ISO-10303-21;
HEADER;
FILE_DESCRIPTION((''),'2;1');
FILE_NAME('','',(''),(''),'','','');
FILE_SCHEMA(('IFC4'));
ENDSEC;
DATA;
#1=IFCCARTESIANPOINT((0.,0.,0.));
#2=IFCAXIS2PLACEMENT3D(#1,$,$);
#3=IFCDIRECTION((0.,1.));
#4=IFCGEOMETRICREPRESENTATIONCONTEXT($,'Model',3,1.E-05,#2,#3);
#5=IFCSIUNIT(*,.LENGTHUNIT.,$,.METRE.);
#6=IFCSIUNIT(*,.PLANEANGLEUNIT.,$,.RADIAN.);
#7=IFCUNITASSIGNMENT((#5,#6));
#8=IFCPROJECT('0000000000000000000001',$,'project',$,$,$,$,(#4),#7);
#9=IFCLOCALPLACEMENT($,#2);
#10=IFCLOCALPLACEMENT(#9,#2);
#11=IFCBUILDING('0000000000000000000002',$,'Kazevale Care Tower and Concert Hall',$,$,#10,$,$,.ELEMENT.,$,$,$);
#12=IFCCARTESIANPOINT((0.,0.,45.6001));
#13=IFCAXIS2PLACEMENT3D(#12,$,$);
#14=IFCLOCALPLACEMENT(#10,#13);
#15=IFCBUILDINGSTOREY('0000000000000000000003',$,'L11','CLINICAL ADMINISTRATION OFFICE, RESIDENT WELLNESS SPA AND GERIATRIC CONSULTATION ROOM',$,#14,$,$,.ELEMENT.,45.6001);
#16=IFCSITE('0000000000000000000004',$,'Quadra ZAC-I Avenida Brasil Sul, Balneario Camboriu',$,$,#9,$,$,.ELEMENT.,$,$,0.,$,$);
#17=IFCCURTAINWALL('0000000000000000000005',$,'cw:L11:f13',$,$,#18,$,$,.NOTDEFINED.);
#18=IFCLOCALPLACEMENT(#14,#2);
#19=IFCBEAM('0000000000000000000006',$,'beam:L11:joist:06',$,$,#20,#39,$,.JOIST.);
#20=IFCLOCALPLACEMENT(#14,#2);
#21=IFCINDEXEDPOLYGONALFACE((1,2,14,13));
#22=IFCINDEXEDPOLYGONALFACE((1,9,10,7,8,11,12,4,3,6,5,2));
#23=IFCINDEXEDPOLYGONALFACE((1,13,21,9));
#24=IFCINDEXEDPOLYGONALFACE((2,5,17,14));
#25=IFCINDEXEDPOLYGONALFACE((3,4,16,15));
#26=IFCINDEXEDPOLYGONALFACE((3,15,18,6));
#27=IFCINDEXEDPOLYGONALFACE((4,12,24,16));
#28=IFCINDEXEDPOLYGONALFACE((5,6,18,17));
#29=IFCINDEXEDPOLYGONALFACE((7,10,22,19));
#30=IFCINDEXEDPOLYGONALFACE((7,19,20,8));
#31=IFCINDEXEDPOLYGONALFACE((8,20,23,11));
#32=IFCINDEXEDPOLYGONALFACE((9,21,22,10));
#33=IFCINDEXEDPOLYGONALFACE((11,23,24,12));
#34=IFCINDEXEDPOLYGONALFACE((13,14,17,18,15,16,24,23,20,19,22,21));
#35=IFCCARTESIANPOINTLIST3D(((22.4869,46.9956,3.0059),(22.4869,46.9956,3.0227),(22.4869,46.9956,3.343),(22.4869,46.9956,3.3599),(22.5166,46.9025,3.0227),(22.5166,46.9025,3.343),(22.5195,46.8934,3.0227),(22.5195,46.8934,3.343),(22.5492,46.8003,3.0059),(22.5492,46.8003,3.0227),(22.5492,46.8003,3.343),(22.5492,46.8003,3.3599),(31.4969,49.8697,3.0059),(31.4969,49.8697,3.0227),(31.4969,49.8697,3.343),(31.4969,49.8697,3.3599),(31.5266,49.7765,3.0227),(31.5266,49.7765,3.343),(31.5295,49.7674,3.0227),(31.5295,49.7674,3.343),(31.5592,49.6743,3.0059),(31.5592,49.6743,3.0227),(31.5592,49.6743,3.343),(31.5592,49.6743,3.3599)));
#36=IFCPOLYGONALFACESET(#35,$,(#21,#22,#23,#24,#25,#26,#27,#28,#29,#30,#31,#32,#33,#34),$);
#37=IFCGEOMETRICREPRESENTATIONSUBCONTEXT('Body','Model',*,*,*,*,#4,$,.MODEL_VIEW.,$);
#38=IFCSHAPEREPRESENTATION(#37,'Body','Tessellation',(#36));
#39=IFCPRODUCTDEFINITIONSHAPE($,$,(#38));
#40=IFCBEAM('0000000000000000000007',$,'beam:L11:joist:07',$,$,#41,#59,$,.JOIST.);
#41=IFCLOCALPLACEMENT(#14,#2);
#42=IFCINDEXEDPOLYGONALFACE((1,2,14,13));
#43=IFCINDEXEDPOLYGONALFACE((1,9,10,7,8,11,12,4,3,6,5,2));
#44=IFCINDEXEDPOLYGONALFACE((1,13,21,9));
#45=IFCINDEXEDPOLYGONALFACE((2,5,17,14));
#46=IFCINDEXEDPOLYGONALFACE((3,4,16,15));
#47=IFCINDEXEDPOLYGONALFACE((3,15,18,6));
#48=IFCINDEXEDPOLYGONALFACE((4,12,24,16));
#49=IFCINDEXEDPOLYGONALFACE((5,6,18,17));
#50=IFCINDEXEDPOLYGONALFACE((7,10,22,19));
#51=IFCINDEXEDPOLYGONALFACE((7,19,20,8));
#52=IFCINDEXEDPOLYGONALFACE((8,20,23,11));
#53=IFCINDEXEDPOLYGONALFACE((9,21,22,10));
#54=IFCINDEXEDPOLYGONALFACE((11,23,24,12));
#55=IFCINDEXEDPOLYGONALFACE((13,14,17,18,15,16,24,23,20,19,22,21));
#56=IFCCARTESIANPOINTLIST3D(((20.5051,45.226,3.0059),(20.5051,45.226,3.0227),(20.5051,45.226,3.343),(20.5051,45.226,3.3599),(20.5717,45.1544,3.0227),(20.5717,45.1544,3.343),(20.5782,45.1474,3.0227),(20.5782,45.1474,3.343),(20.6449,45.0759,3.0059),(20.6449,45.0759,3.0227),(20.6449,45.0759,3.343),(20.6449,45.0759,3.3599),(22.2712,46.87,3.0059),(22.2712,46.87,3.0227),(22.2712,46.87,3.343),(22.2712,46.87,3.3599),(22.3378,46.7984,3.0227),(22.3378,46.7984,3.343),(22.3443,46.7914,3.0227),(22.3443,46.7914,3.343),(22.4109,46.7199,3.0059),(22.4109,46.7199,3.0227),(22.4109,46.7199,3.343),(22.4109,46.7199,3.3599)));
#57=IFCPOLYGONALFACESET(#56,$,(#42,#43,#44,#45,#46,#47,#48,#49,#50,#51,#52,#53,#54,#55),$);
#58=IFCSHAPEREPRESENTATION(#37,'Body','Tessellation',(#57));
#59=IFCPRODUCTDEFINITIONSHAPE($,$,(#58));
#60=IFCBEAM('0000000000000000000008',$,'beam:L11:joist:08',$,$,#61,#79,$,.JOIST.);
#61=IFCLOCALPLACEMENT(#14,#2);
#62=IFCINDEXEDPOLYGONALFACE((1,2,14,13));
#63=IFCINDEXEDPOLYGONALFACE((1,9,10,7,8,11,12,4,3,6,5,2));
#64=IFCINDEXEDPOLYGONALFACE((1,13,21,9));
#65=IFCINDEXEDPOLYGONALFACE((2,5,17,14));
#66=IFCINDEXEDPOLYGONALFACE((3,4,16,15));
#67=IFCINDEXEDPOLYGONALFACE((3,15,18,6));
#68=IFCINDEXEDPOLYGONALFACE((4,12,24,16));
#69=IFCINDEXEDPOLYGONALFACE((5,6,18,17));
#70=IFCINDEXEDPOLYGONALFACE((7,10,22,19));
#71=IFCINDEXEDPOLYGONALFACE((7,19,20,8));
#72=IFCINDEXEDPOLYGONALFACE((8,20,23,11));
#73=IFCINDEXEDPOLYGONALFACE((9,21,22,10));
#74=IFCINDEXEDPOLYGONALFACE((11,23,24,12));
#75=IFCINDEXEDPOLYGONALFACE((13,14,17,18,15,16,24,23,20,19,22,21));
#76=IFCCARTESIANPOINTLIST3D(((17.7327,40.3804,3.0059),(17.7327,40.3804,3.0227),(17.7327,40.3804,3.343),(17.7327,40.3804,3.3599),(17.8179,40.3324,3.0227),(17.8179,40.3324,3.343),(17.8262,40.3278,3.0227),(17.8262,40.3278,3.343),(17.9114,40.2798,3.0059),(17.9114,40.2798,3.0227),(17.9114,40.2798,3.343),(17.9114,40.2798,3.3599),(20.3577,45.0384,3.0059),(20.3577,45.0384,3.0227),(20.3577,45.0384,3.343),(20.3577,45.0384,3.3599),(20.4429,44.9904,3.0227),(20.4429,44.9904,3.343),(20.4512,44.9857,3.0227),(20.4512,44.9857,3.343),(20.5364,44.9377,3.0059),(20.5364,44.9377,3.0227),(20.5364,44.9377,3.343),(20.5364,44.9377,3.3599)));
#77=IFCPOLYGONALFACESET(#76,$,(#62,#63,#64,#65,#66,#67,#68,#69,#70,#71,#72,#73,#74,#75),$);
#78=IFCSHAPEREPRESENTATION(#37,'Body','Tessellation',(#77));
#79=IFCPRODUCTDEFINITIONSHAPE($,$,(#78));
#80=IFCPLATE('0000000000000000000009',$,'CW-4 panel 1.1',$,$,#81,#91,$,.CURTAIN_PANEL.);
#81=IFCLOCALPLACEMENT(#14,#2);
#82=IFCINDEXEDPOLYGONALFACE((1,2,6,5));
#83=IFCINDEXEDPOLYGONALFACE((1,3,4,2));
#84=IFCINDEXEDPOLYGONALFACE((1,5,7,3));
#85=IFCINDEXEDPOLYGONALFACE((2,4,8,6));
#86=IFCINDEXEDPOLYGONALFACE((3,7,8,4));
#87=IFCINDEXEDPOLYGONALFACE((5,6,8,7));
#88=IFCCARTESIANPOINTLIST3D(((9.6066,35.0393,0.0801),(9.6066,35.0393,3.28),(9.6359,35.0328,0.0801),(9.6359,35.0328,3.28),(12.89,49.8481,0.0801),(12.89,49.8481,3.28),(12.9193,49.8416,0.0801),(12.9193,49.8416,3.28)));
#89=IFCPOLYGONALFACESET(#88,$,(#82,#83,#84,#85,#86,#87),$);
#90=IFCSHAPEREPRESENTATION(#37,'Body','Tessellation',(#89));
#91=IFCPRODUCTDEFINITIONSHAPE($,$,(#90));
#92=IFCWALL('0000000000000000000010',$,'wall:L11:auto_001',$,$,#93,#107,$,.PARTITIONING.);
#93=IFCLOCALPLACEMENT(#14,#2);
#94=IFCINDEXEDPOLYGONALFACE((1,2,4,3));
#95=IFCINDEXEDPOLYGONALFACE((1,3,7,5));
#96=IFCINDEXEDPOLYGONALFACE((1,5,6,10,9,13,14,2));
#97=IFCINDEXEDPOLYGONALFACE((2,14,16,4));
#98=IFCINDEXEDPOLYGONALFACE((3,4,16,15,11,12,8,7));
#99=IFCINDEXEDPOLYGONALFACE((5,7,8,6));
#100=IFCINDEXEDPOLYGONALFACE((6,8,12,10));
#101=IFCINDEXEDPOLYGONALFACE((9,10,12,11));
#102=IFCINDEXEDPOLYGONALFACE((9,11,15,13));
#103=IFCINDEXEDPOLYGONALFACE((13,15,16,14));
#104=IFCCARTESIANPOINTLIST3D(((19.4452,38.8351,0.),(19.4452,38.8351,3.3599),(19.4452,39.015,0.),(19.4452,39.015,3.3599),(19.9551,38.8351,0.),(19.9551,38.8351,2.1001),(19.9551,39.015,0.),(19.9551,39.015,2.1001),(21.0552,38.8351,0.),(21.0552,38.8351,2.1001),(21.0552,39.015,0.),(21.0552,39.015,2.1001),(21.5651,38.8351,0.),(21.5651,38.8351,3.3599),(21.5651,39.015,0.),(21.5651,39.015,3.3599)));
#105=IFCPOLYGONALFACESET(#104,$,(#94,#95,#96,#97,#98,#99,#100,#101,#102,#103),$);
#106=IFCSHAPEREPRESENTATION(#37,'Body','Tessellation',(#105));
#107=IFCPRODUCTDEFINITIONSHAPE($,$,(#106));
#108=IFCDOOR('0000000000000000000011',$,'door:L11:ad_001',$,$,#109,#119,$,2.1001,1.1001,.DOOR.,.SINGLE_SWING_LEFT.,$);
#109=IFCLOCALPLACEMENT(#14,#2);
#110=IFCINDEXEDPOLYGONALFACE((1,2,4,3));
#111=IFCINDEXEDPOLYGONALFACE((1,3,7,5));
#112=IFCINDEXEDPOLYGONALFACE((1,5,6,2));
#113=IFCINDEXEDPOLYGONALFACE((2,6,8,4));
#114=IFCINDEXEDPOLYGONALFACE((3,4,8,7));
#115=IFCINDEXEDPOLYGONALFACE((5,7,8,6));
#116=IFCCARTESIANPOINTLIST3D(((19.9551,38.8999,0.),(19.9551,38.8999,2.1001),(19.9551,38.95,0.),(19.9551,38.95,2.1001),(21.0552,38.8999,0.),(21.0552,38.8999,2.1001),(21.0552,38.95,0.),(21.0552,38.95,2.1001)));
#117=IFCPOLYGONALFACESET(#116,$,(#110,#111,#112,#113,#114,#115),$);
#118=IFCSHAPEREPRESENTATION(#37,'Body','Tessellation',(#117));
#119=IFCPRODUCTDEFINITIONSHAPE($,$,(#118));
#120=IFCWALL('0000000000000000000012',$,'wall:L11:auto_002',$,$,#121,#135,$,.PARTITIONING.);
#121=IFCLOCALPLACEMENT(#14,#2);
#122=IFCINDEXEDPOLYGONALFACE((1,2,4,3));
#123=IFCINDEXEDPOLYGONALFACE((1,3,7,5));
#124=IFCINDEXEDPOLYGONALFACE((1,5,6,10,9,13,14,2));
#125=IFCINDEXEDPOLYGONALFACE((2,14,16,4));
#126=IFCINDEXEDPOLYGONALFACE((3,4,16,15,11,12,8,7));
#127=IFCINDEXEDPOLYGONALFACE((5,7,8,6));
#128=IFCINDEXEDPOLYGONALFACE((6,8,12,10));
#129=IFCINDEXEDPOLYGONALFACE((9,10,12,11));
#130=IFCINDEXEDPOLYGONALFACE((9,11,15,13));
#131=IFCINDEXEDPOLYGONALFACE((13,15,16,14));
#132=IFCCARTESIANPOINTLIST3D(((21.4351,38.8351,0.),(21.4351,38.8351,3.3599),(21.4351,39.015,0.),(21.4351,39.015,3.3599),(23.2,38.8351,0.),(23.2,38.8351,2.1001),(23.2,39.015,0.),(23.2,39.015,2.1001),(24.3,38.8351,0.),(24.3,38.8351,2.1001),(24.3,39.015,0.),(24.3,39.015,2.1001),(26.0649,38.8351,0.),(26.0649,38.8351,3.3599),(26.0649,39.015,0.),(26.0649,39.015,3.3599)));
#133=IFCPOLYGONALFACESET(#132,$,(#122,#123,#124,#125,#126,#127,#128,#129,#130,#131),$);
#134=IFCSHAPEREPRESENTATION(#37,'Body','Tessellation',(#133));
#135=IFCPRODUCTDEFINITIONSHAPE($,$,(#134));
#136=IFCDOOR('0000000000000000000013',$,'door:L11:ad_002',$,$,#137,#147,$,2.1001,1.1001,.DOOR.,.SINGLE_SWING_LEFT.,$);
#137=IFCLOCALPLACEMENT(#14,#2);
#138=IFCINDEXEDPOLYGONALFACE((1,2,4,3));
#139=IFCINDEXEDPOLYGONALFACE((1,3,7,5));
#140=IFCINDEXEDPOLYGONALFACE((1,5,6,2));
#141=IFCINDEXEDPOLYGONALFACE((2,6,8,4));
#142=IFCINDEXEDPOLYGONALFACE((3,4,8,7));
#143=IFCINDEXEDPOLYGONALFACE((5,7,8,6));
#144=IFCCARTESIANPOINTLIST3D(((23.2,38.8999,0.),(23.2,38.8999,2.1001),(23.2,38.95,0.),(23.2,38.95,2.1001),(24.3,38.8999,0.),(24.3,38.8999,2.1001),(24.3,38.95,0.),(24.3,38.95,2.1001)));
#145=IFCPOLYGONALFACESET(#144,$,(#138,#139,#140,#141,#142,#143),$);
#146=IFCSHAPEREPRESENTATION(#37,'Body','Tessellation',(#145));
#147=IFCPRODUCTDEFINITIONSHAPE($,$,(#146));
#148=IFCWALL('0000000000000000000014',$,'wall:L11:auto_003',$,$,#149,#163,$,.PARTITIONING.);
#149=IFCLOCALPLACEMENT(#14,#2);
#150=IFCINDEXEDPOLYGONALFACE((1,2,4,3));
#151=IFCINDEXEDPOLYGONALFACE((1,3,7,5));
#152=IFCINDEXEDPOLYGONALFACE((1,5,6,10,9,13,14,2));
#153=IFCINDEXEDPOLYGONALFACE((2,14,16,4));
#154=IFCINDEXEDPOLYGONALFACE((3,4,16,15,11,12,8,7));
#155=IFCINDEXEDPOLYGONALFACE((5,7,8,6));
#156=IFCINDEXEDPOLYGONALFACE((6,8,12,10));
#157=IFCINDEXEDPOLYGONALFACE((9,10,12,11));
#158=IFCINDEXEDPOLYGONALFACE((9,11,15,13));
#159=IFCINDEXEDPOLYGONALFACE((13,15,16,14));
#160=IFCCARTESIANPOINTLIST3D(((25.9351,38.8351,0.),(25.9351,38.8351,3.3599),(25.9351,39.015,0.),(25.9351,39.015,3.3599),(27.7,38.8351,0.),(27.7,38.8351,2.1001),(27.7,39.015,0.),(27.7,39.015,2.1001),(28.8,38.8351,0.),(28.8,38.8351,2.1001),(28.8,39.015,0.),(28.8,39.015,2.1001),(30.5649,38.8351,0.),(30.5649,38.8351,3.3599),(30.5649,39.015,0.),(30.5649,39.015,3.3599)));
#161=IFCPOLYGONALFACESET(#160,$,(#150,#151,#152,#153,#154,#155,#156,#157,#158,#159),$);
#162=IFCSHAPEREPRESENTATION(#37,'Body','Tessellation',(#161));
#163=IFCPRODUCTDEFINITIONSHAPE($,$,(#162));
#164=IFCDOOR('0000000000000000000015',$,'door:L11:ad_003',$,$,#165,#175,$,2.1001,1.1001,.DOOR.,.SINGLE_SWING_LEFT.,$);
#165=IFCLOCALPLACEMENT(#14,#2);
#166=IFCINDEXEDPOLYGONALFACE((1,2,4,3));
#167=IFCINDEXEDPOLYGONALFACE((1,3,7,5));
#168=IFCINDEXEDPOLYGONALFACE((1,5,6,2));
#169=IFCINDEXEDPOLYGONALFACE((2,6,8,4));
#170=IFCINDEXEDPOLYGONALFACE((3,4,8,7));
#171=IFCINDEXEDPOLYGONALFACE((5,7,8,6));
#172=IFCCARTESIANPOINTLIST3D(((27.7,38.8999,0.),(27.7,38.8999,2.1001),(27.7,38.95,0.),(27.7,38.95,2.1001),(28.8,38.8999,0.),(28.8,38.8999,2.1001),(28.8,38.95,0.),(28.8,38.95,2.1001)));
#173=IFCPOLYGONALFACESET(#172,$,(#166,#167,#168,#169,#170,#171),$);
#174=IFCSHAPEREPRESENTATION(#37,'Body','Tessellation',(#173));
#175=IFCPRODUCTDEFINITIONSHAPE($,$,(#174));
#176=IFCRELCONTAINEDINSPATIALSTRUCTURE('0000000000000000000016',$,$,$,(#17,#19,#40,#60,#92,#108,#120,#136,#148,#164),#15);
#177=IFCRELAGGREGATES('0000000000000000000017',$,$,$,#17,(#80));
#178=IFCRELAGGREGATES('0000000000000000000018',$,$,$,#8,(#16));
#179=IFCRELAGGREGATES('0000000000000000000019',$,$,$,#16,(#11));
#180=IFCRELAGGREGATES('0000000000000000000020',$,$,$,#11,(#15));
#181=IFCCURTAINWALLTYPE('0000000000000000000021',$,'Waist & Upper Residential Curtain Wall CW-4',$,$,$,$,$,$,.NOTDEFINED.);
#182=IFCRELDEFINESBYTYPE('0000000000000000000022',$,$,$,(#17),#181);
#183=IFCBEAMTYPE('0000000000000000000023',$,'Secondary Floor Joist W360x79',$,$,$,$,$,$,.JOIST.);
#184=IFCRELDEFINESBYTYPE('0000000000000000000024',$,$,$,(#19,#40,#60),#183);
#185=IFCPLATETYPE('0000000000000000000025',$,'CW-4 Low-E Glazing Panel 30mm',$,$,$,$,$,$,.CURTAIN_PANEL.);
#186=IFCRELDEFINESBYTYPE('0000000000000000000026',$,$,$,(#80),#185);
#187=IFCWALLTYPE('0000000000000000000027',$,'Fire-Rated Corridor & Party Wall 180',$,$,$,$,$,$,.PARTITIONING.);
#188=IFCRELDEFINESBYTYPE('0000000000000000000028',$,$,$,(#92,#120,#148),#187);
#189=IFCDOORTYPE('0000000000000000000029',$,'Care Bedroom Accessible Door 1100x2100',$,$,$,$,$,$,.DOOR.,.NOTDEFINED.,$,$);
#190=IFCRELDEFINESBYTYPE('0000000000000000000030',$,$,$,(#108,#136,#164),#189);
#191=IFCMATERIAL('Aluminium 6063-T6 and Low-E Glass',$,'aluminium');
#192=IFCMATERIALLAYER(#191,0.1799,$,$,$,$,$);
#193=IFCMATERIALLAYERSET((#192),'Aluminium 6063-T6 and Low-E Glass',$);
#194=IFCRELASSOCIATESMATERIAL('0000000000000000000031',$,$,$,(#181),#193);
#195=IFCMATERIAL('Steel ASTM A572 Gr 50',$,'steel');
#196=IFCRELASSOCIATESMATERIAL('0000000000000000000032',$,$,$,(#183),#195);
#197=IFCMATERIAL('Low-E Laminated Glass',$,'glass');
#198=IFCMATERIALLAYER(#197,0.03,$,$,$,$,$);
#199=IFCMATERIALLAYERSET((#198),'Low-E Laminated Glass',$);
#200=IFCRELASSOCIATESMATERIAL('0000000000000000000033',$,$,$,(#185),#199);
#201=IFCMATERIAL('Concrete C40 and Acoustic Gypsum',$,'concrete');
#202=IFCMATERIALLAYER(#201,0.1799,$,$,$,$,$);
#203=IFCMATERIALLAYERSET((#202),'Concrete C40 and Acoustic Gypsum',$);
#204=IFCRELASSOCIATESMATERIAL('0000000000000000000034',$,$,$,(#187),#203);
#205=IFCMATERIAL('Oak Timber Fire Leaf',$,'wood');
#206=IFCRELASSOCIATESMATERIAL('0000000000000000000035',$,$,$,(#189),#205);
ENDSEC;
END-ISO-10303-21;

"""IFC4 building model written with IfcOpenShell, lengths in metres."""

from ifc_helpers import new_model, si_unit, direction, frame, frame_2d, origin, origin_2d, place, context, subcontext, project, spatial, rectangle, i_section, extrude, material, layer, layer_set, material_profile, profile_set, type_object, element, fill, aggregate, save


model = new_model("IFC4")

# Units and contexts
model_context = context("Model", 3, precision=1e-05, world=origin(), true_north=direction((0.0, 1.0)))
body_context = subcontext(model_context, "Body", "Model", "MODEL_VIEW")
ifc_project = project(units=[si_unit("LENGTHUNIT", "METRE"), si_unit("PLANEANGLEUNIT", "RADIAN")], contexts=[model_context])

# Site, building, storey
site_placement = place(None, origin())
site = spatial("IfcSite", under=ifc_project, at=site_placement, Name="Quadra ZAC-I Avenida Brasil Sul, Balneario Camboriu", CompositionType="ELEMENT", RefElevation=0.0)
building_placement = place(site_placement, origin())
building = spatial("IfcBuilding", under=site, at=building_placement, Name="Kazevale Care Tower and Concert Hall", CompositionType="ELEMENT")
storey_placement = place(building_placement, frame((0.0, 0.0, 45.6001)))
storey = spatial("IfcBuildingStorey", under=building, at=storey_placement, Name="L11", Description="CLINICAL ADMINISTRATION OFFICE, RESIDENT WELLNESS SPA AND GERIATRIC CONSULTATION ROOM", CompositionType="ELEMENT", Elevation=45.6001)

# Shared definitions
ifc_material_1 = material(Name="Aluminium 6063-T6 and Low-E Glass", Category="aluminium")

# Curtain wall
ifc_layer_1 = layer(ifc_material_1, 0.1799)
ifc_layer_set_1 = layer_set([ifc_layer_1], Name="Aluminium 6063-T6 and Low-E Glass")
curtain_wall_type_1 = type_object("IfcCurtainWallType", Name="Waist & Upper Residential Curtain Wall CW-4", PredefinedType="NOTDEFINED", material=ifc_layer_set_1)
curtain_wall_1_placement = place(storey_placement, origin())
curtain_wall_1 = element("IfcCurtainWall", 1, at=curtain_wall_1_placement, inside=storey, type_object=curtain_wall_type_1, Name="cw:L11:f13", PredefinedType="NOTDEFINED")

# Beams
ifc_material_2 = material(Name="Steel ASTM A572 Gr 50", Category="steel")
ifc_material_profile_1 = material_profile(ifc_material_2, i_section(OverallWidth=0.2051, OverallDepth=0.354, WebThickness=0.0095, FlangeThickness=0.0168, at=origin_2d()), Name="W360x79")
ifc_profile_set_1 = profile_set([ifc_material_profile_1], Name="Steel ASTM A572 Gr 50")
beam_type_1 = type_object("IfcBeamType", Name="Secondary Floor Joist W360x79", PredefinedType="JOIST", material=ifc_profile_set_1)
beam_1_placement = place(storey_placement, frame((31.5281, 49.772, 3.1829), z_axis=(-0.952705, -0.303895, 0.0), x_axis=(0.303895, -0.952705, 0.0)))
element("IfcBeam", 2, at=beam_1_placement, inside=storey, type_object=beam_type_1, Name="beam:L11:joist:06", PredefinedType="JOIST", context=body_context, shape_type="SweptSolid", body=[
    extrude(i_section(OverallWidth=0.2051, OverallDepth=0.354, WebThickness=0.0095, FlangeThickness=0.0168, at=origin_2d()), origin(), (0.0, 0.0, 1.0), 9.4573),
])
beam_2_placement = place(storey_placement, frame((22.3411, 46.7949, 3.1829), z_axis=(-0.73195, -0.681359, 0.0), x_axis=(0.681359, -0.73195, 0.0)))
element("IfcBeam", 3, at=beam_2_placement, inside=storey, type_object=beam_type_1, Name="beam:L11:joist:07", PredefinedType="JOIST", context=body_context, shape_type="SweptSolid", body=[
    extrude(i_section(OverallWidth=0.2051, OverallDepth=0.354, WebThickness=0.0095, FlangeThickness=0.0168, at=origin_2d()), origin(), (0.0, 0.0, 1.0), 2.4128),
])
beam_3_placement = place(storey_placement, frame((20.447, 44.988, 3.1829), z_axis=(-0.490957, -0.871184, 0.0), x_axis=(0.871184, -0.490957, 0.0)))
element("IfcBeam", 4, at=beam_3_placement, inside=storey, type_object=beam_type_1, Name="beam:L11:joist:08", PredefinedType="JOIST", context=body_context, shape_type="SweptSolid", body=[
    extrude(i_section(OverallWidth=0.2051, OverallDepth=0.354, WebThickness=0.0095, FlangeThickness=0.0168, at=origin_2d()), origin(), (0.0, 0.0, 1.0), 5.3467),
])

# Plate
ifc_material_3 = material(Name="Low-E Laminated Glass", Category="glass")
ifc_layer_2 = layer(ifc_material_3, 0.03)
ifc_layer_set_2 = layer_set([ifc_layer_2], Name="Low-E Laminated Glass")
plate_type = type_object("IfcPlateType", Name="CW-4 Low-E Glazing Panel 30mm", PredefinedType="CURTAIN_PANEL", material=ifc_layer_set_2)
plate_placement = place(storey_placement, frame((11.2629, 42.4404, 0.0801), z_axis=(0.0, 0.0, 1.0), x_axis=(0.216461, 0.976291, 0.0)))
plate = element("IfcPlate", 5, at=plate_placement, type_object=plate_type, Name="CW-4 panel 1.1", PredefinedType="CURTAIN_PANEL", context=body_context, shape_type="SweptSolid", body=[
    extrude(rectangle(XDim=15.1685, YDim=0.03, at=origin_2d()), origin(), (0.0, 0.0, 1.0), 3.2),
])
aggregate(curtain_wall_1, [plate])

# Walls, openings, doors
ifc_material_4 = material(Name="Concrete C40 and Acoustic Gypsum", Category="concrete")
ifc_layer_3 = layer(ifc_material_4, 0.1799)
ifc_layer_set_3 = layer_set([ifc_layer_3], Name="Concrete C40 and Acoustic Gypsum")
wall_type = type_object("IfcWallType", Name="Fire-Rated Corridor & Party Wall 180", PredefinedType="PARTITIONING", material=ifc_layer_set_3)
wall_1_placement = place(storey_placement, frame((19.4451, 38.925, 0.0), z_axis=(0.0, 0.0, 1.0), x_axis=(1.0, 0.0, 0.0)))
wall_1 = element("IfcWall", 6, at=wall_1_placement, inside=storey, type_object=wall_type, Name="wall:L11:auto_001", PredefinedType="PARTITIONING", context=body_context, shape_type="SweptSolid", body=[
    extrude(rectangle(XDim=2.1199, YDim=0.1799, at=frame_2d((1.0601, 0.0))), origin(), (0.0, 0.0, 1.0), 3.3599),
])
opening_1_placement = place(wall_1_placement, frame((0.51, 0.0, 0.0)))
opening_1 = element("IfcOpeningElement", 7, at=opening_1_placement, cuts=wall_1, PredefinedType="OPENING", context=body_context, shape_type="SweptSolid", body=[
    extrude(rectangle(XDim=1.1001, YDim=2.1001, at=frame_2d((0.55, 1.05))), frame((0.0, 0.0999, 0.0), z_axis=(0.0, -1.0, 0.0), x_axis=(1.0, 0.0, 0.0)), (0.0, 0.0, 1.0), 0.2),
])
ifc_material_5 = material(Name="Oak Timber Fire Leaf", Category="wood")
door_type = type_object("IfcDoorType", Name="Care Bedroom Accessible Door 1100x2100", OperationType="NOTDEFINED", PredefinedType="DOOR", material=ifc_material_5)
door_1_placement = place(opening_1_placement, origin())
door_1 = element("IfcDoor", 8, at=door_1_placement, inside=storey, type_object=door_type, Name="door:L11:ad_001", OperationType="SINGLE_SWING_LEFT", OverallHeight=2.1001, OverallWidth=1.1001, PredefinedType="DOOR", context=body_context, shape_type="SweptSolid", body=[
    extrude(rectangle(XDim=1.1001, YDim=2.1001, at=frame_2d((0.55, 1.05))), frame((0.0, 0.0249, 0.0), z_axis=(0.0, -1.0, 0.0), x_axis=(1.0, 0.0, 0.0)), (0.0, 0.0, 1.0), 0.05),
])
fill(opening_1, door_1)
wall_2_placement = place(storey_placement, frame((21.4351, 38.925, 0.0), z_axis=(0.0, 0.0, 1.0), x_axis=(1.0, 0.0, 0.0)))
wall_2 = element("IfcWall", 9, at=wall_2_placement, inside=storey, type_object=wall_type, Name="wall:L11:auto_002", PredefinedType="PARTITIONING", context=body_context, shape_type="SweptSolid", body=[
    extrude(rectangle(XDim=4.6299, YDim=0.1799, at=frame_2d((2.3149, 0.0))), origin(), (0.0, 0.0, 1.0), 3.3599),
])
opening_2_placement = place(wall_2_placement, frame((1.7649, 0.0, 0.0)))
opening_2 = element("IfcOpeningElement", 10, at=opening_2_placement, cuts=wall_2, PredefinedType="OPENING", context=body_context, shape_type="SweptSolid", body=[
    extrude(rectangle(XDim=1.1001, YDim=2.1001, at=frame_2d((0.55, 1.05))), frame((0.0, 0.0999, 0.0), z_axis=(0.0, -1.0, 0.0), x_axis=(1.0, 0.0, 0.0)), (0.0, 0.0, 1.0), 0.2),
])
door_2_placement = place(opening_2_placement, origin())
door_2 = element("IfcDoor", 11, at=door_2_placement, inside=storey, type_object=door_type, Name="door:L11:ad_002", OperationType="SINGLE_SWING_LEFT", OverallHeight=2.1001, OverallWidth=1.1001, PredefinedType="DOOR", context=body_context, shape_type="SweptSolid", body=[
    extrude(rectangle(XDim=1.1001, YDim=2.1001, at=frame_2d((0.55, 1.05))), frame((0.0, 0.0249, 0.0), z_axis=(0.0, -1.0, 0.0), x_axis=(1.0, 0.0, 0.0)), (0.0, 0.0, 1.0), 0.05),
])
fill(opening_2, door_2)
wall_3_placement = place(storey_placement, frame((25.9351, 38.925, 0.0), z_axis=(0.0, 0.0, 1.0), x_axis=(1.0, 0.0, 0.0)))
wall_3 = element("IfcWall", 12, at=wall_3_placement, inside=storey, type_object=wall_type, Name="wall:L11:auto_003", PredefinedType="PARTITIONING", context=body_context, shape_type="SweptSolid", body=[
    extrude(rectangle(XDim=4.6299, YDim=0.1799, at=frame_2d((2.3149, 0.0))), origin(), (0.0, 0.0, 1.0), 3.3599),
])
opening_3_placement = place(wall_3_placement, frame((1.7649, 0.0, 0.0)))
opening_3 = element("IfcOpeningElement", 13, at=opening_3_placement, cuts=wall_3, PredefinedType="OPENING", context=body_context, shape_type="SweptSolid", body=[
    extrude(rectangle(XDim=1.1001, YDim=2.1001, at=frame_2d((0.55, 1.05))), frame((0.0, 0.0999, 0.0), z_axis=(0.0, -1.0, 0.0), x_axis=(1.0, 0.0, 0.0)), (0.0, 0.0, 1.0), 0.2),
])
door_3_placement = place(opening_3_placement, origin())
door_3 = element("IfcDoor", 14, at=door_3_placement, inside=storey, type_object=door_type, Name="door:L11:ad_003", OperationType="SINGLE_SWING_LEFT", OverallHeight=2.1001, OverallWidth=1.1001, PredefinedType="DOOR", context=body_context, shape_type="SweptSolid", body=[
    extrude(rectangle(XDim=1.1001, YDim=2.1001, at=frame_2d((0.55, 1.05))), frame((0.0, 0.0249, 0.0), z_axis=(0.0, -1.0, 0.0), x_axis=(1.0, 0.0, 0.0)), (0.0, 0.0, 1.0), 0.05),
])
fill(opening_3, door_3)

save(model, "model.ifc")
